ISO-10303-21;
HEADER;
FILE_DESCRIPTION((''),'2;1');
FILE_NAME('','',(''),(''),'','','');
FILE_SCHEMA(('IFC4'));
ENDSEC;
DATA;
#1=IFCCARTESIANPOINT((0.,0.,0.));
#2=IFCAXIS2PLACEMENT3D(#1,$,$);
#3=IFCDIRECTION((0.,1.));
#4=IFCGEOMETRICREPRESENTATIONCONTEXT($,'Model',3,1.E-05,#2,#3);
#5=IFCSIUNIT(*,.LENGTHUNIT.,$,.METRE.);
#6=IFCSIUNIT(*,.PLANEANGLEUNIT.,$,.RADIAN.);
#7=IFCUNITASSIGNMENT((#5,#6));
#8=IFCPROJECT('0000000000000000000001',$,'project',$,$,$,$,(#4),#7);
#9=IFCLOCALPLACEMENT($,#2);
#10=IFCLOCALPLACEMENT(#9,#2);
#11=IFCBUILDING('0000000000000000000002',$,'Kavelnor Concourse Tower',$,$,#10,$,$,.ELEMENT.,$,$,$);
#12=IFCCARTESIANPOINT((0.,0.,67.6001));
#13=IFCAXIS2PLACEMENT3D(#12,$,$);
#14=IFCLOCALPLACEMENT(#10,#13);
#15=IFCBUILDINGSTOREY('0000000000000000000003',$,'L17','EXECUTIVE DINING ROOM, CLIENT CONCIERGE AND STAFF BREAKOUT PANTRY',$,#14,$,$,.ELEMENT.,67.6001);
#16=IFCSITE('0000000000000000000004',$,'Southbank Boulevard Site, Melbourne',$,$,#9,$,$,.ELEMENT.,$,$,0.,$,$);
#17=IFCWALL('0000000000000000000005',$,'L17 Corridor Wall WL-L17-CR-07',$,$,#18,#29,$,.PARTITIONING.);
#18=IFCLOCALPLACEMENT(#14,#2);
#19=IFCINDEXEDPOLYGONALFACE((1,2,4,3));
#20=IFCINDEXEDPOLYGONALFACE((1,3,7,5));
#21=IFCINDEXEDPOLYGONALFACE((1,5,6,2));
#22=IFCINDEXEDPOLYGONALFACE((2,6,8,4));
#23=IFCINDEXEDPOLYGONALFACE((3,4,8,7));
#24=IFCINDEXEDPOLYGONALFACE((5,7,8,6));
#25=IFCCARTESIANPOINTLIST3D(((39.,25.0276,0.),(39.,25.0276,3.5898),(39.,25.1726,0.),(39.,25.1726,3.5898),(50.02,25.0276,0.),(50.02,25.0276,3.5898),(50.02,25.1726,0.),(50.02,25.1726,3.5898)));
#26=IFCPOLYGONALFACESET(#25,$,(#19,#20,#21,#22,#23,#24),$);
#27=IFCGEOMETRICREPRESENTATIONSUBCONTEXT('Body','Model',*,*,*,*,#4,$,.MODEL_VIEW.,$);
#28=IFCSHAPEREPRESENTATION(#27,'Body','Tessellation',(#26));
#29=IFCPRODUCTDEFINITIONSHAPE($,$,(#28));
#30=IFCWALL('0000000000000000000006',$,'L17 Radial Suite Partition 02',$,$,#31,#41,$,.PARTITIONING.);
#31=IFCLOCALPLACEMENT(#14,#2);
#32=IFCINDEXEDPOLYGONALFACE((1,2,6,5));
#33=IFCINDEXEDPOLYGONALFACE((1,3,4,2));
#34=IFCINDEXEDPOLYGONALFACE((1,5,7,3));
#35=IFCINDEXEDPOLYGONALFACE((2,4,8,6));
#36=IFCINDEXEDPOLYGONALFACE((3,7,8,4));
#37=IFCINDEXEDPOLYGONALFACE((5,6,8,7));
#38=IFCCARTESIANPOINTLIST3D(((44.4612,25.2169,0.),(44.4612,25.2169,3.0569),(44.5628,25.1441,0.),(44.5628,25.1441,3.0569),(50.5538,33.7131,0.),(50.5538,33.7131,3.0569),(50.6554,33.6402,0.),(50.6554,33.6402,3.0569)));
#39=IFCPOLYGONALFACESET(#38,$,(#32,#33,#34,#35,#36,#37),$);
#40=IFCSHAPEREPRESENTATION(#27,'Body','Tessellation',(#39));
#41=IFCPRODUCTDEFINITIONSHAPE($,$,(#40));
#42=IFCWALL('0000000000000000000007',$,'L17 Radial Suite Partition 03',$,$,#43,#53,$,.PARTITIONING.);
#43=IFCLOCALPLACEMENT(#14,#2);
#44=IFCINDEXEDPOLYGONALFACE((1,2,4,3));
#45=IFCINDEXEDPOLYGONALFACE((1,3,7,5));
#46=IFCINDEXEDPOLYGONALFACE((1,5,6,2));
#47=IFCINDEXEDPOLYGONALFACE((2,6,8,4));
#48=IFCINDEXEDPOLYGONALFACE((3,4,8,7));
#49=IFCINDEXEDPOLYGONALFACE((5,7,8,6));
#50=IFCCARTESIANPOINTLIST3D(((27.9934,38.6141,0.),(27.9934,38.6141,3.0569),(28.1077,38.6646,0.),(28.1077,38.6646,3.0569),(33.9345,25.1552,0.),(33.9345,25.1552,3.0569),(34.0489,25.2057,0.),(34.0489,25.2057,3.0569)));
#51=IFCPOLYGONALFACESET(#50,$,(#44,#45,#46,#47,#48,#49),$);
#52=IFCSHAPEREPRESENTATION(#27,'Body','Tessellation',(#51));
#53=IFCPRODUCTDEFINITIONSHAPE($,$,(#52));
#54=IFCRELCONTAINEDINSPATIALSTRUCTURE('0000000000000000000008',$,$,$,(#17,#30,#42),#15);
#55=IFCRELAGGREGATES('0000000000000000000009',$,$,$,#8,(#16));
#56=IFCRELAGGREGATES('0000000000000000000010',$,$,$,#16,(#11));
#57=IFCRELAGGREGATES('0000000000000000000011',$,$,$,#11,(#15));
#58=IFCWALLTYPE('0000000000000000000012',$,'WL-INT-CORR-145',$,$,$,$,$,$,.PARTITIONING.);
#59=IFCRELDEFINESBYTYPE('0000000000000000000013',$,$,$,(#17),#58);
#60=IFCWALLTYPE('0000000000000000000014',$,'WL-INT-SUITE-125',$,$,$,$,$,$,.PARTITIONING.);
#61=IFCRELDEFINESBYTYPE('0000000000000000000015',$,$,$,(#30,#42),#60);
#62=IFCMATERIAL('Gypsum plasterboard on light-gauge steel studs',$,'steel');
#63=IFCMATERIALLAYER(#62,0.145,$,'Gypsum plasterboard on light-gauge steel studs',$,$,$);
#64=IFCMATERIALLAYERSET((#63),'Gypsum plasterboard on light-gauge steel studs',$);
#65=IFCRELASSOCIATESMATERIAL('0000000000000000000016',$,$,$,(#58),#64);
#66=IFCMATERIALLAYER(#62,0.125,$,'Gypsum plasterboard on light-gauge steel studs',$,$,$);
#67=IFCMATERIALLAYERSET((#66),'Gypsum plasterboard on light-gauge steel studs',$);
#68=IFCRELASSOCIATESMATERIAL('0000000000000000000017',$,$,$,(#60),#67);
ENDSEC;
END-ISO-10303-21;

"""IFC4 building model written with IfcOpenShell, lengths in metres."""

from ifc_helpers import new_model, si_unit, direction, frame, frame_2d, origin, place, context, subcontext, project, spatial, rectangle, extrude, material, layer, layer_set, type_object, element, save


model = new_model("IFC4")

# Units and contexts
model_context = context("Model", 3, precision=1e-05, world=origin(), true_north=direction((0.0, 1.0)))
body_context = subcontext(model_context, "Body", "Model", "MODEL_VIEW")
ifc_project = project(units=[si_unit("LENGTHUNIT", "METRE"), si_unit("PLANEANGLEUNIT", "RADIAN")], contexts=[model_context])

# Site, building, storey
site_placement = place(None, origin())
site = spatial("IfcSite", under=ifc_project, at=site_placement, Name="Southbank Boulevard Site, Melbourne", CompositionType="ELEMENT", RefElevation=0.0)
building_placement = place(site_placement, origin())
building = spatial("IfcBuilding", under=site, at=building_placement, Name="Kavelnor Concourse Tower", CompositionType="ELEMENT")
storey_placement = place(building_placement, frame((0.0, 0.0, 67.6001)))
storey = spatial("IfcBuildingStorey", under=building, at=storey_placement, Name="L17", Description="EXECUTIVE DINING ROOM, CLIENT CONCIERGE AND STAFF BREAKOUT PANTRY", CompositionType="ELEMENT", Elevation=67.6001)

# Shared definitions
ifc_material_1 = material(Name="Gypsum plasterboard on light-gauge steel studs", Category="steel")
ifc_layer_1 = layer(ifc_material_1, 0.145, Name="Gypsum plasterboard on light-gauge steel studs")
ifc_layer_set_1 = layer_set([ifc_layer_1], Name="Gypsum plasterboard on light-gauge steel studs")
wall_type_1 = type_object("IfcWallType", Name="WL-INT-CORR-145", PredefinedType="PARTITIONING", material=ifc_layer_set_1)

# Walls
wall_1_placement = place(storey_placement, frame((39.0, 25.1001, 0.0), z_axis=(0.0, 0.0, 1.0), x_axis=(1.0, 0.0, 0.0)))
element("IfcWall", 1, at=wall_1_placement, inside=storey, type_object=wall_type_1, Name="L17 Corridor Wall WL-L17-CR-07", PredefinedType="PARTITIONING", context=body_context, shape_type="SweptSolid", body=[
    extrude(rectangle(XDim=11.02, YDim=0.145, at=frame_2d((5.51, 0.0))), origin(), (0.0, 0.0, 1.0), 3.5898),
])
ifc_layer_2 = layer(ifc_material_1, 0.125, Name="Gypsum plasterboard on light-gauge steel studs")
ifc_layer_set_2 = layer_set([ifc_layer_2], Name="Gypsum plasterboard on light-gauge steel studs")
wall_type_2 = type_object("IfcWallType", Name="WL-INT-SUITE-125", PredefinedType="PARTITIONING", material=ifc_layer_set_2)
wall_2_placement = place(storey_placement, frame((44.512, 25.1804, 0.0), z_axis=(0.0, 0.0, 1.0), x_axis=(0.58275, 0.812651, 0.0)))
element("IfcWall", 2, at=wall_2_placement, inside=storey, type_object=wall_type_2, Name="L17 Radial Suite Partition 02", PredefinedType="PARTITIONING", context=body_context, shape_type="SweptSolid", body=[
    extrude(rectangle(XDim=10.4548, YDim=0.125, at=frame_2d((5.2275, 0.0))), origin(), (0.0, 0.0, 1.0), 3.0569),
])
wall_3_placement = place(storey_placement, frame((33.9917, 25.1804, 0.0), z_axis=(0.0, 0.0, 1.0), x_axis=(-0.403832, 0.914833, 0.0)))
element("IfcWall", 3, at=wall_3_placement, inside=storey, type_object=wall_type_2, Name="L17 Radial Suite Partition 03", PredefinedType="PARTITIONING", context=body_context, shape_type="SweptSolid", body=[
    extrude(rectangle(XDim=14.7119, YDim=0.125, at=frame_2d((7.356, 0.0))), origin(), (0.0, 0.0, 1.0), 3.0569),
])

save(model, "model.ifc")
